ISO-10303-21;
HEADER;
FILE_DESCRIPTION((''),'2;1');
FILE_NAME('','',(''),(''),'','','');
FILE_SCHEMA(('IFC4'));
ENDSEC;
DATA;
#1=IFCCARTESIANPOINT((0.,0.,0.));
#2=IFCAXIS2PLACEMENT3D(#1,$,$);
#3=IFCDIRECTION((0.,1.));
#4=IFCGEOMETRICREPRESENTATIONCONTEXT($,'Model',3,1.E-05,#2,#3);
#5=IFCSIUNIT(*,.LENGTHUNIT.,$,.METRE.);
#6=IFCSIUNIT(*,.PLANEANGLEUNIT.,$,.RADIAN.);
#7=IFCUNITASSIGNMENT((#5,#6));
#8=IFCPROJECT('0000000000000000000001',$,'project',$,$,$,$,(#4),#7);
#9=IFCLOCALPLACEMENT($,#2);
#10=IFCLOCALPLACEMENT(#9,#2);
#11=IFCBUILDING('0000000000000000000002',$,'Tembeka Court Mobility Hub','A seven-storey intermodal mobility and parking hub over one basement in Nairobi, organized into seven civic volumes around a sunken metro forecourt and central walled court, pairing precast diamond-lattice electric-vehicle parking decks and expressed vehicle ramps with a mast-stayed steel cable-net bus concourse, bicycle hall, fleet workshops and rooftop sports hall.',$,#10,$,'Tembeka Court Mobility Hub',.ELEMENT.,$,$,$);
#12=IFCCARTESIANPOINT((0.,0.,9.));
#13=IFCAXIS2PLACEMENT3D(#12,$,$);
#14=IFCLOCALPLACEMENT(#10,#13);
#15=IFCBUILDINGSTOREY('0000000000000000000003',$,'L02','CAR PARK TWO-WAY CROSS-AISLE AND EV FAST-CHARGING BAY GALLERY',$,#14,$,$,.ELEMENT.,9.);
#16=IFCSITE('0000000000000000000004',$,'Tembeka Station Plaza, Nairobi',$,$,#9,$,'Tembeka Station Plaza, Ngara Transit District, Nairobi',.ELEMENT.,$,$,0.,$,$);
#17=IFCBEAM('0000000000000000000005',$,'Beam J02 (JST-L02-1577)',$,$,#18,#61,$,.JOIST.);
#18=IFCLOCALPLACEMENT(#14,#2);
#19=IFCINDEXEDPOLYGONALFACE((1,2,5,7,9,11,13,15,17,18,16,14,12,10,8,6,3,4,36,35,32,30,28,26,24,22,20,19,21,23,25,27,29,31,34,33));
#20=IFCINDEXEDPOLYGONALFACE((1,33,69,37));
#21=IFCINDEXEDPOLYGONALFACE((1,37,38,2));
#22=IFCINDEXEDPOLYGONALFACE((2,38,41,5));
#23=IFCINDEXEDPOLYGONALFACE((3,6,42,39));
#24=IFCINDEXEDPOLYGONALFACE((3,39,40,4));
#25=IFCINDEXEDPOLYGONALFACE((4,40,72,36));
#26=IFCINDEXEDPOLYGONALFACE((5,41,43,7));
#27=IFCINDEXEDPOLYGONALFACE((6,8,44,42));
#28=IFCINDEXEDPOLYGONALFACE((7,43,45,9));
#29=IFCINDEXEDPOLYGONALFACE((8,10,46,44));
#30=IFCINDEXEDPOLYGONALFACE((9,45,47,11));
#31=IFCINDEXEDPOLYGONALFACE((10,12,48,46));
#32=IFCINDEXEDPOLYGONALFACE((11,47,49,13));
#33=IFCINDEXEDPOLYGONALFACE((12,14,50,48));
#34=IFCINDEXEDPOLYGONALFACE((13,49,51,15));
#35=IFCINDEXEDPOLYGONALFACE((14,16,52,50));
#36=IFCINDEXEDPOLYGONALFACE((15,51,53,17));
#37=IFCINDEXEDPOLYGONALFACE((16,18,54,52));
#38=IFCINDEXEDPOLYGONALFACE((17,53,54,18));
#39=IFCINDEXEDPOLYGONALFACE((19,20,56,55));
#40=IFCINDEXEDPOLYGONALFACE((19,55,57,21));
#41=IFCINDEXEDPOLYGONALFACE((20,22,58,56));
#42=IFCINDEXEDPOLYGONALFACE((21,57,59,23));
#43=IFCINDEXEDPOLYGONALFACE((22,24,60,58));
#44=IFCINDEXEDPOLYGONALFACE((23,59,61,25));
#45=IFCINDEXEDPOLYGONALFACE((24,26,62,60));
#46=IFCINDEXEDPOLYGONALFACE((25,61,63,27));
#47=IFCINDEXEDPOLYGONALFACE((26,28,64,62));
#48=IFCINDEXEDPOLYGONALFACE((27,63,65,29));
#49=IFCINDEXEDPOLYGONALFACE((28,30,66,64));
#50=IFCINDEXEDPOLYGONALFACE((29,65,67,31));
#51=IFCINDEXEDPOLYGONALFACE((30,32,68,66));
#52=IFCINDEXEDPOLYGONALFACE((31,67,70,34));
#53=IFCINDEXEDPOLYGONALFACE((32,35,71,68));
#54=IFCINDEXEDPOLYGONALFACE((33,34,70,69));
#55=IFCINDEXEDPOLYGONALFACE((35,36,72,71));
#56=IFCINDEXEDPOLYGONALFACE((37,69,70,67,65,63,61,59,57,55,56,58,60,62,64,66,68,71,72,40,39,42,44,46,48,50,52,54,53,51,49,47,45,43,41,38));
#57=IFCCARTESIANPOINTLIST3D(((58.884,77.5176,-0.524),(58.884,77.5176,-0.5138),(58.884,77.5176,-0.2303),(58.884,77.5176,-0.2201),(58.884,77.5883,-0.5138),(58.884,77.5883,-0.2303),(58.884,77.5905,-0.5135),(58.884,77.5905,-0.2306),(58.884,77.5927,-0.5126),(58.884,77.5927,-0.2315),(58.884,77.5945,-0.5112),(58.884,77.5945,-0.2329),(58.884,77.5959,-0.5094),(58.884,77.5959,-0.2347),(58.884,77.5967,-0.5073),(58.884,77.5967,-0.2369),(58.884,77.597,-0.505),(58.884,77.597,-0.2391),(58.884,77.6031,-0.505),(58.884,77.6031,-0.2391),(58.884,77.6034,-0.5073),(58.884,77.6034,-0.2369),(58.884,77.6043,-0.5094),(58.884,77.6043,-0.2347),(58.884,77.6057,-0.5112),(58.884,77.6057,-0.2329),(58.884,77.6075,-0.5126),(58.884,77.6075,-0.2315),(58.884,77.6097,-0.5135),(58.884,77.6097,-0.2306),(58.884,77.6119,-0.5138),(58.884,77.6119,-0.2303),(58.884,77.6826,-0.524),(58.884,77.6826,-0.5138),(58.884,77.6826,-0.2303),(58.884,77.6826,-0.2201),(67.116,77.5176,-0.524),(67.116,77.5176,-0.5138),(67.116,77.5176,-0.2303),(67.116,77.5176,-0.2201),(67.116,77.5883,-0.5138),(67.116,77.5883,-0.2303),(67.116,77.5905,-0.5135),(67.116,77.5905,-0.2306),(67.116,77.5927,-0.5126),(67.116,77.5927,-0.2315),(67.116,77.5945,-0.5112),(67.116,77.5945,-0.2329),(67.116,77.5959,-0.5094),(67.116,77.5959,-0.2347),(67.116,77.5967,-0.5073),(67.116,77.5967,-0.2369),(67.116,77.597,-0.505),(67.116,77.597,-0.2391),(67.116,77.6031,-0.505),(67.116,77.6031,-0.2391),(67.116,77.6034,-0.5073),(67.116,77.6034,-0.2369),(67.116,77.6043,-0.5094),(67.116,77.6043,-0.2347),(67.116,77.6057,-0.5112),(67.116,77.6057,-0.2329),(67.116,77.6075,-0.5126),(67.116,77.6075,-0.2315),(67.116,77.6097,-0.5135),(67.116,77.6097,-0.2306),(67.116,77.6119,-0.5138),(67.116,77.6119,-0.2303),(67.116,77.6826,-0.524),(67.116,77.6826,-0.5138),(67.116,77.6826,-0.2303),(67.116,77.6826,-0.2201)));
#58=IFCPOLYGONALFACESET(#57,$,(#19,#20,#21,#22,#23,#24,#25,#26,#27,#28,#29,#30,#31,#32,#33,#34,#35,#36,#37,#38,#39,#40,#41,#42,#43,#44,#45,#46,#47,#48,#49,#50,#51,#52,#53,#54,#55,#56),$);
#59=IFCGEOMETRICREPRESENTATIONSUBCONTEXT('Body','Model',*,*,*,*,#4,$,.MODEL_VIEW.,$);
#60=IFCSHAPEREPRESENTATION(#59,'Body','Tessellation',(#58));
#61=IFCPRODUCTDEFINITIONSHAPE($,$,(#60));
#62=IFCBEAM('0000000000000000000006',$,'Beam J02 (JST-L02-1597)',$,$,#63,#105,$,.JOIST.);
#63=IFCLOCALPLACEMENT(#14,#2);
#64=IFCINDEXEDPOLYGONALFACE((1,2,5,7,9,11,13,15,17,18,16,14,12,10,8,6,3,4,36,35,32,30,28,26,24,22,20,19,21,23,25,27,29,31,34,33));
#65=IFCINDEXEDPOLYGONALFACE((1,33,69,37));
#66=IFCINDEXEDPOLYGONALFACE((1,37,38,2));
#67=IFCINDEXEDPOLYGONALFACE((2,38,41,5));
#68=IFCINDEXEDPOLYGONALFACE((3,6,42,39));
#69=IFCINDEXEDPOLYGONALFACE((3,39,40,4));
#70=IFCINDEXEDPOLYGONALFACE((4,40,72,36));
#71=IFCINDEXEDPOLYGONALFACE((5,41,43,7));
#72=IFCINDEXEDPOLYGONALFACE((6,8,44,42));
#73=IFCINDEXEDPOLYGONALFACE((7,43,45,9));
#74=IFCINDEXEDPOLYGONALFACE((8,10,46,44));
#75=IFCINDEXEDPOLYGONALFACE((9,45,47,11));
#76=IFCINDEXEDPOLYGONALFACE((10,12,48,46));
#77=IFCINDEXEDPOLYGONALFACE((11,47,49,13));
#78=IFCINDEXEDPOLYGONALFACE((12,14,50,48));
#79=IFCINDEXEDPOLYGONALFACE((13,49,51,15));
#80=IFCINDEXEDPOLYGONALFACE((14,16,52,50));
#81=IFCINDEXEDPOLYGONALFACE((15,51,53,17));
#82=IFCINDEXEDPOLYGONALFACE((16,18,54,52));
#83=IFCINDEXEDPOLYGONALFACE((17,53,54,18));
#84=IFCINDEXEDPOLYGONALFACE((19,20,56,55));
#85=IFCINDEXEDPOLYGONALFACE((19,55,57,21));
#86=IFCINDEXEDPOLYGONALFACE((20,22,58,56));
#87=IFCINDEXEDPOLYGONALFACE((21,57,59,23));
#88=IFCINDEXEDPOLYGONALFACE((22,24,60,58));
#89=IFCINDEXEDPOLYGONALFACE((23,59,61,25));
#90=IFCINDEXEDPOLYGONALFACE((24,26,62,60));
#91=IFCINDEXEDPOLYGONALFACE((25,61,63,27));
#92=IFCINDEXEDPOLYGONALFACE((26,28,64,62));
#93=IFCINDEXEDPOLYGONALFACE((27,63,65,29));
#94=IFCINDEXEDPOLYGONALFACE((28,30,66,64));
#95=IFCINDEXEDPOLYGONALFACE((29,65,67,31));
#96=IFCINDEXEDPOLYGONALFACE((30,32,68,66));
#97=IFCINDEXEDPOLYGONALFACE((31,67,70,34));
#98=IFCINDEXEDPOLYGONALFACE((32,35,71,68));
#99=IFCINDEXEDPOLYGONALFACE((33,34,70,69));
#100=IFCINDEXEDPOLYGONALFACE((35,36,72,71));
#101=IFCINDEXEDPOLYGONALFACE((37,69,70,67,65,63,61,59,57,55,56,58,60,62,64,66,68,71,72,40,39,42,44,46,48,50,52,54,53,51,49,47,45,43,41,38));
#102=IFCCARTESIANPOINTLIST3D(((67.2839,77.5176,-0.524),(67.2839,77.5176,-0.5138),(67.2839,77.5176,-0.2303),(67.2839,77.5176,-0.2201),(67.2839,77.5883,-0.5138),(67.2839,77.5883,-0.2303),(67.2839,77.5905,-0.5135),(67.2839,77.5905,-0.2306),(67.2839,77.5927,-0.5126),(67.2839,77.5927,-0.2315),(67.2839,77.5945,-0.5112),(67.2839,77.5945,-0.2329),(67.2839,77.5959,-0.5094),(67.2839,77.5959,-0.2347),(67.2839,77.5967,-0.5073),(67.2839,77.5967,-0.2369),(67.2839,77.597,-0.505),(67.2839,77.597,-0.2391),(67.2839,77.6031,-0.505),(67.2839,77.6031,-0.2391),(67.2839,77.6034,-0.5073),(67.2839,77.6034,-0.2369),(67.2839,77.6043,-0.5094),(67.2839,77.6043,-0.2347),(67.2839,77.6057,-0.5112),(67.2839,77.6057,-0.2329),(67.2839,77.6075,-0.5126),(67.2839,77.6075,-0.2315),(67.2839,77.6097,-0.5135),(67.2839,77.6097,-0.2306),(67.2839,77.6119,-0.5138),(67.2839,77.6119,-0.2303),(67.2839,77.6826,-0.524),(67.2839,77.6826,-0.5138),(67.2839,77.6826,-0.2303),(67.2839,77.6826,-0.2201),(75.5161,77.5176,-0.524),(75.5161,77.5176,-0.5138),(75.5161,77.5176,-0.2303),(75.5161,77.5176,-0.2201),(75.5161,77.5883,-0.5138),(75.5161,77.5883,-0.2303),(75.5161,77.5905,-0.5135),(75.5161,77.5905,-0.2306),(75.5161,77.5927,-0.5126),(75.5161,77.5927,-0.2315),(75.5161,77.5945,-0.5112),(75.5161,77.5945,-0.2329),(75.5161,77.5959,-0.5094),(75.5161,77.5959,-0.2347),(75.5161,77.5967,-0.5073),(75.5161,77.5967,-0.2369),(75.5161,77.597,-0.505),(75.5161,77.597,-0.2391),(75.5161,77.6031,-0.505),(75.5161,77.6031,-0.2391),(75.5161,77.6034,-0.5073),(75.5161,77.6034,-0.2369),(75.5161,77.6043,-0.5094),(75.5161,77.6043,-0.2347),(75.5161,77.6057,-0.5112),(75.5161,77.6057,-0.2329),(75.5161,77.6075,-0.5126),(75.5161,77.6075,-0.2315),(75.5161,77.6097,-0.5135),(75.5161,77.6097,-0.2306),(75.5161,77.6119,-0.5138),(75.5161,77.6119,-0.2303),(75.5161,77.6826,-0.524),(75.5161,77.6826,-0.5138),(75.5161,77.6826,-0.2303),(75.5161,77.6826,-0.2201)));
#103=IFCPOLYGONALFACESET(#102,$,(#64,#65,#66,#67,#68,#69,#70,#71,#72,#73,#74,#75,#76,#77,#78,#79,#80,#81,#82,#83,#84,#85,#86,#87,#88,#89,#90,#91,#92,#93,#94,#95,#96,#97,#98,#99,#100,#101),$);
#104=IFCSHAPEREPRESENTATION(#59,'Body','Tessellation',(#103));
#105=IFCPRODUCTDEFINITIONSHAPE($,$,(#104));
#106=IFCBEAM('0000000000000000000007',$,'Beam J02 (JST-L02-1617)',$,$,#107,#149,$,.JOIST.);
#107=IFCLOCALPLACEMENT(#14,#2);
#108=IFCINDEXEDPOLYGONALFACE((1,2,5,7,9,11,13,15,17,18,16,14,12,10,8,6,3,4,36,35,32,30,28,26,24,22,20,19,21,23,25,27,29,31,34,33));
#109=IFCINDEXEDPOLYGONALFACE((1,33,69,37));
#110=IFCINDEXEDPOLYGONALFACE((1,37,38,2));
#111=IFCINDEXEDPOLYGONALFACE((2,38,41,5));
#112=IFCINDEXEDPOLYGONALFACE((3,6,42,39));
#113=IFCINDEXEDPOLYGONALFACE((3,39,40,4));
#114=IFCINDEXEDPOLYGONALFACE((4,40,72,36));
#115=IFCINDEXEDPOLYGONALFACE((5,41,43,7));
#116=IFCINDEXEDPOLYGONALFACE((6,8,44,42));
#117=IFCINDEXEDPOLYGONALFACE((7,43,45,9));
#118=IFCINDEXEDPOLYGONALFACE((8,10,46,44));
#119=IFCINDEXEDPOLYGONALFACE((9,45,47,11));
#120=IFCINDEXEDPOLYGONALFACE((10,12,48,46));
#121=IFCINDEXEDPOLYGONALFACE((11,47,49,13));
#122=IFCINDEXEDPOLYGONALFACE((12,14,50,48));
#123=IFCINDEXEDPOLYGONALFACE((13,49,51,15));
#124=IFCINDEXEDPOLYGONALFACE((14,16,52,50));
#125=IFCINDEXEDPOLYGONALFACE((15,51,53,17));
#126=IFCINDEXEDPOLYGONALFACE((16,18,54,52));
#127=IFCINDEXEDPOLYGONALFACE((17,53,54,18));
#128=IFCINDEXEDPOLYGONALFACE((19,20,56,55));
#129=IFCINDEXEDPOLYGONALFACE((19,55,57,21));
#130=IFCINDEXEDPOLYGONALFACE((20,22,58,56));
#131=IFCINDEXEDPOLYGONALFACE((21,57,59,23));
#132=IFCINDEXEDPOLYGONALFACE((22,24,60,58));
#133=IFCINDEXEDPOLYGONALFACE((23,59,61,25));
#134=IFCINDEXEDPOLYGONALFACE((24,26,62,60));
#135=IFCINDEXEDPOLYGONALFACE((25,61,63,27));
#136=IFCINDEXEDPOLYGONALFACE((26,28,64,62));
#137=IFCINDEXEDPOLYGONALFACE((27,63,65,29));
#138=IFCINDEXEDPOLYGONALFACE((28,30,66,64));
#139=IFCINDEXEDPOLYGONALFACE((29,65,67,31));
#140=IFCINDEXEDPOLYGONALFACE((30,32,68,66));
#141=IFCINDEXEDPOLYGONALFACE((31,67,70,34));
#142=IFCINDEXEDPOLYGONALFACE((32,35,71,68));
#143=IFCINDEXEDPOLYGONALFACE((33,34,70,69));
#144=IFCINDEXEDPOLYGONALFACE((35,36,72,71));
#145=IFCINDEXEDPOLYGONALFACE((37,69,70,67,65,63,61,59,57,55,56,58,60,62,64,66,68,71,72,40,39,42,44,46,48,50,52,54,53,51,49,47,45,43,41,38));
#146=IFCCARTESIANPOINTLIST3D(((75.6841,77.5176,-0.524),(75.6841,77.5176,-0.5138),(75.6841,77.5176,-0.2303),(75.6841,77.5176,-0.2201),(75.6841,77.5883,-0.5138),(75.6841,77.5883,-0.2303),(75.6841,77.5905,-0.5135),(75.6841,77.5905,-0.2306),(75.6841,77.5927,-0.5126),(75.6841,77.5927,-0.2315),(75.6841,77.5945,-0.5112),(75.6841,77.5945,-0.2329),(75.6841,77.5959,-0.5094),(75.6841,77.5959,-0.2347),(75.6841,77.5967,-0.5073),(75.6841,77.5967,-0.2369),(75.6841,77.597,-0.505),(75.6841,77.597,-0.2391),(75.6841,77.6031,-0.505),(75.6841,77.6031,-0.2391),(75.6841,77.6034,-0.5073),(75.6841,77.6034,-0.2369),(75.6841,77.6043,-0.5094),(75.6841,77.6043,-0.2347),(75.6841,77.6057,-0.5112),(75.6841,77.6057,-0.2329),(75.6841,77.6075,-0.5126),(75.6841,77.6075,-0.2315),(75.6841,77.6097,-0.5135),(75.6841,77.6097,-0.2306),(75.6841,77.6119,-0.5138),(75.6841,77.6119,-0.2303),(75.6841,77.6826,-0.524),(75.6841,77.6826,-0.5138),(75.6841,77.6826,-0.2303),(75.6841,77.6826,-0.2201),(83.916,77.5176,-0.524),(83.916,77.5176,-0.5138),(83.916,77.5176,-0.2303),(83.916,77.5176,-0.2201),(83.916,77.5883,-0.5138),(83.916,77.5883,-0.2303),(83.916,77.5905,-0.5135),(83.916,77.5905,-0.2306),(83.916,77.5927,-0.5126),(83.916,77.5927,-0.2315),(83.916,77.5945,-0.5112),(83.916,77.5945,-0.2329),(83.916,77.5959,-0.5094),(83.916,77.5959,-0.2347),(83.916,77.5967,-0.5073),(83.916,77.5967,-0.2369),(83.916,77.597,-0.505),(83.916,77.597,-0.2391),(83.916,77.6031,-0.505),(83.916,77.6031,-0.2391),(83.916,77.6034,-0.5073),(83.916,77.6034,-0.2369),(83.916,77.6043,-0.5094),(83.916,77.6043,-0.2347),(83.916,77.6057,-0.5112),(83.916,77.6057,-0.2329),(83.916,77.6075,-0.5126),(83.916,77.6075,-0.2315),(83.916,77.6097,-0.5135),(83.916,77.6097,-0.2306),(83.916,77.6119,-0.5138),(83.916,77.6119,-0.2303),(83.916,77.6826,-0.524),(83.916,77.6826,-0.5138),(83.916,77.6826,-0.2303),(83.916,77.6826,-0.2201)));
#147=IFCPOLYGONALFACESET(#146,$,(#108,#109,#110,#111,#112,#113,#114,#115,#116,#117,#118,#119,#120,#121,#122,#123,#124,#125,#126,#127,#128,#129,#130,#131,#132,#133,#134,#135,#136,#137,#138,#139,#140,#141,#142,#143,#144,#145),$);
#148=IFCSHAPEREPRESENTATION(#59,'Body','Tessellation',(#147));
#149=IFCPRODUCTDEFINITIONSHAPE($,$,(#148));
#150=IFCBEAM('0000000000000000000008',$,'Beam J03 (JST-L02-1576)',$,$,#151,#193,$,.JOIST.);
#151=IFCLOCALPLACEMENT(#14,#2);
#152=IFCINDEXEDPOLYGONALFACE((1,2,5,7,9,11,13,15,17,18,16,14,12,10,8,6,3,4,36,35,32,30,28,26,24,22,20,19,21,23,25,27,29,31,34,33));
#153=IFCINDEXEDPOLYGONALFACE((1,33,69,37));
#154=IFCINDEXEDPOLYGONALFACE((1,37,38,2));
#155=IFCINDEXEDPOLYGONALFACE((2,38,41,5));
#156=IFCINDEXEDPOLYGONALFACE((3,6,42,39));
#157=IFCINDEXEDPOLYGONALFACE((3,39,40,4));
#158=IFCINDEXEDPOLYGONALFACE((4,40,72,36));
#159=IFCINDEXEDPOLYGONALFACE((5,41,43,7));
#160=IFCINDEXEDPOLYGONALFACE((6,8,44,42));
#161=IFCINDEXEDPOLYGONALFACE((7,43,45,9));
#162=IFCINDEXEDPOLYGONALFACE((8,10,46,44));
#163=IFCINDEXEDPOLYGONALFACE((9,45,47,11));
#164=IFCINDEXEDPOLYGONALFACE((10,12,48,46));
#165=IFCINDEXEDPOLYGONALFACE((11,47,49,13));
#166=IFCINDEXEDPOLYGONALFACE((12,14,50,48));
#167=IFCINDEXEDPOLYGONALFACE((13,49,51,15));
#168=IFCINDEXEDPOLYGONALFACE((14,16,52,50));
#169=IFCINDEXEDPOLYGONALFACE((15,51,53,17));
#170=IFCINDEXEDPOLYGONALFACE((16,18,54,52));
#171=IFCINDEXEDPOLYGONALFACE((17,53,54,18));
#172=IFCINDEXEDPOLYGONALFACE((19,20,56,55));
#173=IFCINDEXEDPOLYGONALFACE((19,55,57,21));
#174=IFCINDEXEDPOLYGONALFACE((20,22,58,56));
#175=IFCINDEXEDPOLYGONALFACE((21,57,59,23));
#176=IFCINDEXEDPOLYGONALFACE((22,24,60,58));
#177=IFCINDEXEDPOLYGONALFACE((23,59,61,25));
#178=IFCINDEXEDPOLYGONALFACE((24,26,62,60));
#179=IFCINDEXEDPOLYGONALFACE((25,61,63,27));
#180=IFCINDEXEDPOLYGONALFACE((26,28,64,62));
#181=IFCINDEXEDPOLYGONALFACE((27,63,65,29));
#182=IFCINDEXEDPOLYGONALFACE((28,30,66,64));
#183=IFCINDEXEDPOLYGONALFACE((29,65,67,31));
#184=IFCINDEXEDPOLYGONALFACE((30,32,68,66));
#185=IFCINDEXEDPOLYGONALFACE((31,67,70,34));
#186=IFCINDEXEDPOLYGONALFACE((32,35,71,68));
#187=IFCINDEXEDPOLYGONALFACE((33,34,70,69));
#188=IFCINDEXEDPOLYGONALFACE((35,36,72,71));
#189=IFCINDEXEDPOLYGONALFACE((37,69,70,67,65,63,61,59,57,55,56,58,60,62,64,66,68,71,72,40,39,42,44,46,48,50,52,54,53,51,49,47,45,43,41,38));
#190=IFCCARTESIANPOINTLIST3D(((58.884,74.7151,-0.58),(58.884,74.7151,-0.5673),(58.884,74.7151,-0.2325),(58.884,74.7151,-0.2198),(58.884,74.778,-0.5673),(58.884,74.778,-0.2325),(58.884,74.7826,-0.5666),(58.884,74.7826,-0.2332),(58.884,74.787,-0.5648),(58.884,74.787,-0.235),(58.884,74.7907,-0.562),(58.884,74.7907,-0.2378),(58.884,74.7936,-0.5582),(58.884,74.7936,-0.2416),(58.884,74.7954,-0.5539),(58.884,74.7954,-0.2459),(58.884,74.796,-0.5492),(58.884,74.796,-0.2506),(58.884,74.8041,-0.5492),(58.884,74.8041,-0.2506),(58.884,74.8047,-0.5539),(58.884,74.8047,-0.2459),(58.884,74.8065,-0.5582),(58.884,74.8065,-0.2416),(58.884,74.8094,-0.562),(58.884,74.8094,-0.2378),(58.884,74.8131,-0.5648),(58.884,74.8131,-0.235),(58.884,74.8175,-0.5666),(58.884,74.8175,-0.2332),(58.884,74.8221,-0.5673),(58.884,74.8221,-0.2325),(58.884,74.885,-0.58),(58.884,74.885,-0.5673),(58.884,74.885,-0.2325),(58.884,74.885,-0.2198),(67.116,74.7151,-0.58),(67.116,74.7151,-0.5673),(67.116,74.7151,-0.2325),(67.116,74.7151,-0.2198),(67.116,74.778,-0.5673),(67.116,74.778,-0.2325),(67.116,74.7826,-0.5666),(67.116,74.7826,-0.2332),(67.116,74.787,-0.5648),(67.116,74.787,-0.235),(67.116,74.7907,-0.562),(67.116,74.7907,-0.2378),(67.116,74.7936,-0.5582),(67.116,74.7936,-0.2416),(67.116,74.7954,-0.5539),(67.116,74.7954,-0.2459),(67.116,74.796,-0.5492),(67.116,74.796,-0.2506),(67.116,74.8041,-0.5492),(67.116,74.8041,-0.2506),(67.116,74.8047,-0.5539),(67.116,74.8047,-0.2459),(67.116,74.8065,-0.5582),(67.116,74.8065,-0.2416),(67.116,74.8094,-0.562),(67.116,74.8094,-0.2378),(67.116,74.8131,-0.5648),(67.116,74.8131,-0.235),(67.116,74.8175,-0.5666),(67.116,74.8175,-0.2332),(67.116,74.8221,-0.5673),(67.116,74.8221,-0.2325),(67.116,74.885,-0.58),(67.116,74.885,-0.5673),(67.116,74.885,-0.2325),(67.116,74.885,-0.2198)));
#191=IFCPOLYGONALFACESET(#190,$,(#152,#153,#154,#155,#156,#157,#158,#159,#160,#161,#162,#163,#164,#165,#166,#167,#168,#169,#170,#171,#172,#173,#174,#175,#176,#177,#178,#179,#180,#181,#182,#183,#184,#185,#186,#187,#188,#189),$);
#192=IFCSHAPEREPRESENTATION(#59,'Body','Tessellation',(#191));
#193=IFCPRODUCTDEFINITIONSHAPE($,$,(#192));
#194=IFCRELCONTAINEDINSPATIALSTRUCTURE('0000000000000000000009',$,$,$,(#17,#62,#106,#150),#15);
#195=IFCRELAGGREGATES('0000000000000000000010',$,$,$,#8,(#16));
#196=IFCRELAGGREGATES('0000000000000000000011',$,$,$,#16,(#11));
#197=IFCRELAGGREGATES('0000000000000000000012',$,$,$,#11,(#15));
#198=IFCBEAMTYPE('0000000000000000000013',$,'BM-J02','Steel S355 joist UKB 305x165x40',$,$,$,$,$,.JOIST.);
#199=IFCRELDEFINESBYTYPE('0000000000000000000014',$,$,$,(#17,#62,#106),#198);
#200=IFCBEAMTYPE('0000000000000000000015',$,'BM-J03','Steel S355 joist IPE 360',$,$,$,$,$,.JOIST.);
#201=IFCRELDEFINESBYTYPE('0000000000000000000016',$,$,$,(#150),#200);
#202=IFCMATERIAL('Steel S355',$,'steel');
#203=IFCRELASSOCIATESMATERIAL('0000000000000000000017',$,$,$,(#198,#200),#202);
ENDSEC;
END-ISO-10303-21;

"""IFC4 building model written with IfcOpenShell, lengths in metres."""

from ifc_helpers import new_model, si_unit, direction, frame, origin, origin_2d, place, context, subcontext, project, spatial, i_section, extrude, material, material_profile, profile_set, type_object, element, save


model = new_model("IFC4")

# Units and contexts
model_context = context("Model", 3, precision=1e-05, world=origin(), true_north=direction((0.0, 1.0)))
body_context = subcontext(model_context, "Body", "Model", "MODEL_VIEW")
ifc_project = project(units=[si_unit("LENGTHUNIT", "METRE"), si_unit("PLANEANGLEUNIT", "RADIAN")], contexts=[model_context])

# Site, building, storey
site_placement = place(None, origin())
site = spatial("IfcSite", under=ifc_project, at=site_placement, Name="Tembeka Station Plaza, Nairobi", LongName="Tembeka Station Plaza, Ngara Transit District, Nairobi", CompositionType="ELEMENT", RefElevation=0.0)
building_placement = place(site_placement, origin())
building = spatial("IfcBuilding", under=site, at=building_placement, Name="Tembeka Court Mobility Hub", Description="A seven-storey intermodal mobility and parking hub over one basement in Nairobi, organized into seven civic volumes around a sunken metro forecourt and central walled court, pairing precast diamond-lattice electric-vehicle parking decks and expressed vehicle ramps with a mast-stayed steel cable-net bus concourse, bicycle hall, fleet workshops and rooftop sports hall.", LongName="Tembeka Court Mobility Hub", CompositionType="ELEMENT")
storey_placement = place(building_placement, frame((0.0, 0.0, 9.0)))
storey = spatial("IfcBuildingStorey", under=building, at=storey_placement, Name="L02", Description="CAR PARK TWO-WAY CROSS-AISLE AND EV FAST-CHARGING BAY GALLERY", CompositionType="ELEMENT", Elevation=9.0)

# Shared definitions
ifc_material = material(Name="Steel S355", Category="steel")

# Beams
ifc_material_profile_1 = material_profile(ifc_material, i_section(OverallWidth=0.165, OverallDepth=0.304, WebThickness=0.0061, FlangeThickness=0.0103, FilletRadius=0.0088, at=origin_2d()), Name="UKB 305x165x40")
ifc_profile_set_1 = profile_set([ifc_material_profile_1], Name="Steel S355")
beam_type_1 = type_object("IfcBeamType", Name="BM-J02", Description="Steel S355 joist UKB 305x165x40", PredefinedType="JOIST", material=ifc_profile_set_1)
beam_1_placement = place(storey_placement, frame((58.884, 77.6001, -0.3721), z_axis=(1.0, 0.0, 0.0), x_axis=(0.0, 1.0, 0.0)))
element("IfcBeam", 1, at=beam_1_placement, inside=storey, type_object=beam_type_1, Name="Beam J02 (JST-L02-1577)", PredefinedType="JOIST", context=body_context, shape_type="SweptSolid", body=[
    extrude(i_section(OverallWidth=0.165, OverallDepth=0.304, WebThickness=0.0061, FlangeThickness=0.0103, FilletRadius=0.0088, at=origin_2d()), origin(), (0.0, 0.0, 1.0), 8.2319),
])
beam_2_placement = place(storey_placement, frame((67.2839, 77.6001, -0.3721), z_axis=(1.0, 0.0, 0.0), x_axis=(0.0, 1.0, 0.0)))
element("IfcBeam", 2, at=beam_2_placement, inside=storey, type_object=beam_type_1, Name="Beam J02 (JST-L02-1597)", PredefinedType="JOIST", context=body_context, shape_type="SweptSolid", body=[
    extrude(i_section(OverallWidth=0.165, OverallDepth=0.304, WebThickness=0.0061, FlangeThickness=0.0103, FilletRadius=0.0088, at=origin_2d()), origin(), (0.0, 0.0, 1.0), 8.2322),
])
beam_3_placement = place(storey_placement, frame((75.6841, 77.6001, -0.3721), z_axis=(1.0, 0.0, 0.0), x_axis=(0.0, 1.0, 0.0)))
element("IfcBeam", 3, at=beam_3_placement, inside=storey, type_object=beam_type_1, Name="Beam J02 (JST-L02-1617)", PredefinedType="JOIST", context=body_context, shape_type="SweptSolid", body=[
    extrude(i_section(OverallWidth=0.165, OverallDepth=0.304, WebThickness=0.0061, FlangeThickness=0.0103, FilletRadius=0.0088, at=origin_2d()), origin(), (0.0, 0.0, 1.0), 8.2319),
])
ifc_material_profile_2 = material_profile(ifc_material, i_section(OverallWidth=0.1699, OverallDepth=0.3601, WebThickness=0.0081, FlangeThickness=0.0127, FilletRadius=0.0181, at=origin_2d()), Name="IPE 360")
ifc_profile_set_2 = profile_set([ifc_material_profile_2], Name="Steel S355")
beam_type_2 = type_object("IfcBeamType", Name="BM-J03", Description="Steel S355 joist IPE 360", PredefinedType="JOIST", material=ifc_profile_set_2)
beam_4_placement = place(storey_placement, frame((58.884, 74.8, -0.3999), z_axis=(1.0, 0.0, 0.0), x_axis=(0.0, 1.0, 0.0)))
element("IfcBeam", 4, at=beam_4_placement, inside=storey, type_object=beam_type_2, Name="Beam J03 (JST-L02-1576)", PredefinedType="JOIST", context=body_context, shape_type="SweptSolid", body=[
    extrude(i_section(OverallWidth=0.1699, OverallDepth=0.3601, WebThickness=0.0081, FlangeThickness=0.0127, FilletRadius=0.0181, at=origin_2d()), origin(), (0.0, 0.0, 1.0), 8.2319),
])

save(model, "model.ifc")
